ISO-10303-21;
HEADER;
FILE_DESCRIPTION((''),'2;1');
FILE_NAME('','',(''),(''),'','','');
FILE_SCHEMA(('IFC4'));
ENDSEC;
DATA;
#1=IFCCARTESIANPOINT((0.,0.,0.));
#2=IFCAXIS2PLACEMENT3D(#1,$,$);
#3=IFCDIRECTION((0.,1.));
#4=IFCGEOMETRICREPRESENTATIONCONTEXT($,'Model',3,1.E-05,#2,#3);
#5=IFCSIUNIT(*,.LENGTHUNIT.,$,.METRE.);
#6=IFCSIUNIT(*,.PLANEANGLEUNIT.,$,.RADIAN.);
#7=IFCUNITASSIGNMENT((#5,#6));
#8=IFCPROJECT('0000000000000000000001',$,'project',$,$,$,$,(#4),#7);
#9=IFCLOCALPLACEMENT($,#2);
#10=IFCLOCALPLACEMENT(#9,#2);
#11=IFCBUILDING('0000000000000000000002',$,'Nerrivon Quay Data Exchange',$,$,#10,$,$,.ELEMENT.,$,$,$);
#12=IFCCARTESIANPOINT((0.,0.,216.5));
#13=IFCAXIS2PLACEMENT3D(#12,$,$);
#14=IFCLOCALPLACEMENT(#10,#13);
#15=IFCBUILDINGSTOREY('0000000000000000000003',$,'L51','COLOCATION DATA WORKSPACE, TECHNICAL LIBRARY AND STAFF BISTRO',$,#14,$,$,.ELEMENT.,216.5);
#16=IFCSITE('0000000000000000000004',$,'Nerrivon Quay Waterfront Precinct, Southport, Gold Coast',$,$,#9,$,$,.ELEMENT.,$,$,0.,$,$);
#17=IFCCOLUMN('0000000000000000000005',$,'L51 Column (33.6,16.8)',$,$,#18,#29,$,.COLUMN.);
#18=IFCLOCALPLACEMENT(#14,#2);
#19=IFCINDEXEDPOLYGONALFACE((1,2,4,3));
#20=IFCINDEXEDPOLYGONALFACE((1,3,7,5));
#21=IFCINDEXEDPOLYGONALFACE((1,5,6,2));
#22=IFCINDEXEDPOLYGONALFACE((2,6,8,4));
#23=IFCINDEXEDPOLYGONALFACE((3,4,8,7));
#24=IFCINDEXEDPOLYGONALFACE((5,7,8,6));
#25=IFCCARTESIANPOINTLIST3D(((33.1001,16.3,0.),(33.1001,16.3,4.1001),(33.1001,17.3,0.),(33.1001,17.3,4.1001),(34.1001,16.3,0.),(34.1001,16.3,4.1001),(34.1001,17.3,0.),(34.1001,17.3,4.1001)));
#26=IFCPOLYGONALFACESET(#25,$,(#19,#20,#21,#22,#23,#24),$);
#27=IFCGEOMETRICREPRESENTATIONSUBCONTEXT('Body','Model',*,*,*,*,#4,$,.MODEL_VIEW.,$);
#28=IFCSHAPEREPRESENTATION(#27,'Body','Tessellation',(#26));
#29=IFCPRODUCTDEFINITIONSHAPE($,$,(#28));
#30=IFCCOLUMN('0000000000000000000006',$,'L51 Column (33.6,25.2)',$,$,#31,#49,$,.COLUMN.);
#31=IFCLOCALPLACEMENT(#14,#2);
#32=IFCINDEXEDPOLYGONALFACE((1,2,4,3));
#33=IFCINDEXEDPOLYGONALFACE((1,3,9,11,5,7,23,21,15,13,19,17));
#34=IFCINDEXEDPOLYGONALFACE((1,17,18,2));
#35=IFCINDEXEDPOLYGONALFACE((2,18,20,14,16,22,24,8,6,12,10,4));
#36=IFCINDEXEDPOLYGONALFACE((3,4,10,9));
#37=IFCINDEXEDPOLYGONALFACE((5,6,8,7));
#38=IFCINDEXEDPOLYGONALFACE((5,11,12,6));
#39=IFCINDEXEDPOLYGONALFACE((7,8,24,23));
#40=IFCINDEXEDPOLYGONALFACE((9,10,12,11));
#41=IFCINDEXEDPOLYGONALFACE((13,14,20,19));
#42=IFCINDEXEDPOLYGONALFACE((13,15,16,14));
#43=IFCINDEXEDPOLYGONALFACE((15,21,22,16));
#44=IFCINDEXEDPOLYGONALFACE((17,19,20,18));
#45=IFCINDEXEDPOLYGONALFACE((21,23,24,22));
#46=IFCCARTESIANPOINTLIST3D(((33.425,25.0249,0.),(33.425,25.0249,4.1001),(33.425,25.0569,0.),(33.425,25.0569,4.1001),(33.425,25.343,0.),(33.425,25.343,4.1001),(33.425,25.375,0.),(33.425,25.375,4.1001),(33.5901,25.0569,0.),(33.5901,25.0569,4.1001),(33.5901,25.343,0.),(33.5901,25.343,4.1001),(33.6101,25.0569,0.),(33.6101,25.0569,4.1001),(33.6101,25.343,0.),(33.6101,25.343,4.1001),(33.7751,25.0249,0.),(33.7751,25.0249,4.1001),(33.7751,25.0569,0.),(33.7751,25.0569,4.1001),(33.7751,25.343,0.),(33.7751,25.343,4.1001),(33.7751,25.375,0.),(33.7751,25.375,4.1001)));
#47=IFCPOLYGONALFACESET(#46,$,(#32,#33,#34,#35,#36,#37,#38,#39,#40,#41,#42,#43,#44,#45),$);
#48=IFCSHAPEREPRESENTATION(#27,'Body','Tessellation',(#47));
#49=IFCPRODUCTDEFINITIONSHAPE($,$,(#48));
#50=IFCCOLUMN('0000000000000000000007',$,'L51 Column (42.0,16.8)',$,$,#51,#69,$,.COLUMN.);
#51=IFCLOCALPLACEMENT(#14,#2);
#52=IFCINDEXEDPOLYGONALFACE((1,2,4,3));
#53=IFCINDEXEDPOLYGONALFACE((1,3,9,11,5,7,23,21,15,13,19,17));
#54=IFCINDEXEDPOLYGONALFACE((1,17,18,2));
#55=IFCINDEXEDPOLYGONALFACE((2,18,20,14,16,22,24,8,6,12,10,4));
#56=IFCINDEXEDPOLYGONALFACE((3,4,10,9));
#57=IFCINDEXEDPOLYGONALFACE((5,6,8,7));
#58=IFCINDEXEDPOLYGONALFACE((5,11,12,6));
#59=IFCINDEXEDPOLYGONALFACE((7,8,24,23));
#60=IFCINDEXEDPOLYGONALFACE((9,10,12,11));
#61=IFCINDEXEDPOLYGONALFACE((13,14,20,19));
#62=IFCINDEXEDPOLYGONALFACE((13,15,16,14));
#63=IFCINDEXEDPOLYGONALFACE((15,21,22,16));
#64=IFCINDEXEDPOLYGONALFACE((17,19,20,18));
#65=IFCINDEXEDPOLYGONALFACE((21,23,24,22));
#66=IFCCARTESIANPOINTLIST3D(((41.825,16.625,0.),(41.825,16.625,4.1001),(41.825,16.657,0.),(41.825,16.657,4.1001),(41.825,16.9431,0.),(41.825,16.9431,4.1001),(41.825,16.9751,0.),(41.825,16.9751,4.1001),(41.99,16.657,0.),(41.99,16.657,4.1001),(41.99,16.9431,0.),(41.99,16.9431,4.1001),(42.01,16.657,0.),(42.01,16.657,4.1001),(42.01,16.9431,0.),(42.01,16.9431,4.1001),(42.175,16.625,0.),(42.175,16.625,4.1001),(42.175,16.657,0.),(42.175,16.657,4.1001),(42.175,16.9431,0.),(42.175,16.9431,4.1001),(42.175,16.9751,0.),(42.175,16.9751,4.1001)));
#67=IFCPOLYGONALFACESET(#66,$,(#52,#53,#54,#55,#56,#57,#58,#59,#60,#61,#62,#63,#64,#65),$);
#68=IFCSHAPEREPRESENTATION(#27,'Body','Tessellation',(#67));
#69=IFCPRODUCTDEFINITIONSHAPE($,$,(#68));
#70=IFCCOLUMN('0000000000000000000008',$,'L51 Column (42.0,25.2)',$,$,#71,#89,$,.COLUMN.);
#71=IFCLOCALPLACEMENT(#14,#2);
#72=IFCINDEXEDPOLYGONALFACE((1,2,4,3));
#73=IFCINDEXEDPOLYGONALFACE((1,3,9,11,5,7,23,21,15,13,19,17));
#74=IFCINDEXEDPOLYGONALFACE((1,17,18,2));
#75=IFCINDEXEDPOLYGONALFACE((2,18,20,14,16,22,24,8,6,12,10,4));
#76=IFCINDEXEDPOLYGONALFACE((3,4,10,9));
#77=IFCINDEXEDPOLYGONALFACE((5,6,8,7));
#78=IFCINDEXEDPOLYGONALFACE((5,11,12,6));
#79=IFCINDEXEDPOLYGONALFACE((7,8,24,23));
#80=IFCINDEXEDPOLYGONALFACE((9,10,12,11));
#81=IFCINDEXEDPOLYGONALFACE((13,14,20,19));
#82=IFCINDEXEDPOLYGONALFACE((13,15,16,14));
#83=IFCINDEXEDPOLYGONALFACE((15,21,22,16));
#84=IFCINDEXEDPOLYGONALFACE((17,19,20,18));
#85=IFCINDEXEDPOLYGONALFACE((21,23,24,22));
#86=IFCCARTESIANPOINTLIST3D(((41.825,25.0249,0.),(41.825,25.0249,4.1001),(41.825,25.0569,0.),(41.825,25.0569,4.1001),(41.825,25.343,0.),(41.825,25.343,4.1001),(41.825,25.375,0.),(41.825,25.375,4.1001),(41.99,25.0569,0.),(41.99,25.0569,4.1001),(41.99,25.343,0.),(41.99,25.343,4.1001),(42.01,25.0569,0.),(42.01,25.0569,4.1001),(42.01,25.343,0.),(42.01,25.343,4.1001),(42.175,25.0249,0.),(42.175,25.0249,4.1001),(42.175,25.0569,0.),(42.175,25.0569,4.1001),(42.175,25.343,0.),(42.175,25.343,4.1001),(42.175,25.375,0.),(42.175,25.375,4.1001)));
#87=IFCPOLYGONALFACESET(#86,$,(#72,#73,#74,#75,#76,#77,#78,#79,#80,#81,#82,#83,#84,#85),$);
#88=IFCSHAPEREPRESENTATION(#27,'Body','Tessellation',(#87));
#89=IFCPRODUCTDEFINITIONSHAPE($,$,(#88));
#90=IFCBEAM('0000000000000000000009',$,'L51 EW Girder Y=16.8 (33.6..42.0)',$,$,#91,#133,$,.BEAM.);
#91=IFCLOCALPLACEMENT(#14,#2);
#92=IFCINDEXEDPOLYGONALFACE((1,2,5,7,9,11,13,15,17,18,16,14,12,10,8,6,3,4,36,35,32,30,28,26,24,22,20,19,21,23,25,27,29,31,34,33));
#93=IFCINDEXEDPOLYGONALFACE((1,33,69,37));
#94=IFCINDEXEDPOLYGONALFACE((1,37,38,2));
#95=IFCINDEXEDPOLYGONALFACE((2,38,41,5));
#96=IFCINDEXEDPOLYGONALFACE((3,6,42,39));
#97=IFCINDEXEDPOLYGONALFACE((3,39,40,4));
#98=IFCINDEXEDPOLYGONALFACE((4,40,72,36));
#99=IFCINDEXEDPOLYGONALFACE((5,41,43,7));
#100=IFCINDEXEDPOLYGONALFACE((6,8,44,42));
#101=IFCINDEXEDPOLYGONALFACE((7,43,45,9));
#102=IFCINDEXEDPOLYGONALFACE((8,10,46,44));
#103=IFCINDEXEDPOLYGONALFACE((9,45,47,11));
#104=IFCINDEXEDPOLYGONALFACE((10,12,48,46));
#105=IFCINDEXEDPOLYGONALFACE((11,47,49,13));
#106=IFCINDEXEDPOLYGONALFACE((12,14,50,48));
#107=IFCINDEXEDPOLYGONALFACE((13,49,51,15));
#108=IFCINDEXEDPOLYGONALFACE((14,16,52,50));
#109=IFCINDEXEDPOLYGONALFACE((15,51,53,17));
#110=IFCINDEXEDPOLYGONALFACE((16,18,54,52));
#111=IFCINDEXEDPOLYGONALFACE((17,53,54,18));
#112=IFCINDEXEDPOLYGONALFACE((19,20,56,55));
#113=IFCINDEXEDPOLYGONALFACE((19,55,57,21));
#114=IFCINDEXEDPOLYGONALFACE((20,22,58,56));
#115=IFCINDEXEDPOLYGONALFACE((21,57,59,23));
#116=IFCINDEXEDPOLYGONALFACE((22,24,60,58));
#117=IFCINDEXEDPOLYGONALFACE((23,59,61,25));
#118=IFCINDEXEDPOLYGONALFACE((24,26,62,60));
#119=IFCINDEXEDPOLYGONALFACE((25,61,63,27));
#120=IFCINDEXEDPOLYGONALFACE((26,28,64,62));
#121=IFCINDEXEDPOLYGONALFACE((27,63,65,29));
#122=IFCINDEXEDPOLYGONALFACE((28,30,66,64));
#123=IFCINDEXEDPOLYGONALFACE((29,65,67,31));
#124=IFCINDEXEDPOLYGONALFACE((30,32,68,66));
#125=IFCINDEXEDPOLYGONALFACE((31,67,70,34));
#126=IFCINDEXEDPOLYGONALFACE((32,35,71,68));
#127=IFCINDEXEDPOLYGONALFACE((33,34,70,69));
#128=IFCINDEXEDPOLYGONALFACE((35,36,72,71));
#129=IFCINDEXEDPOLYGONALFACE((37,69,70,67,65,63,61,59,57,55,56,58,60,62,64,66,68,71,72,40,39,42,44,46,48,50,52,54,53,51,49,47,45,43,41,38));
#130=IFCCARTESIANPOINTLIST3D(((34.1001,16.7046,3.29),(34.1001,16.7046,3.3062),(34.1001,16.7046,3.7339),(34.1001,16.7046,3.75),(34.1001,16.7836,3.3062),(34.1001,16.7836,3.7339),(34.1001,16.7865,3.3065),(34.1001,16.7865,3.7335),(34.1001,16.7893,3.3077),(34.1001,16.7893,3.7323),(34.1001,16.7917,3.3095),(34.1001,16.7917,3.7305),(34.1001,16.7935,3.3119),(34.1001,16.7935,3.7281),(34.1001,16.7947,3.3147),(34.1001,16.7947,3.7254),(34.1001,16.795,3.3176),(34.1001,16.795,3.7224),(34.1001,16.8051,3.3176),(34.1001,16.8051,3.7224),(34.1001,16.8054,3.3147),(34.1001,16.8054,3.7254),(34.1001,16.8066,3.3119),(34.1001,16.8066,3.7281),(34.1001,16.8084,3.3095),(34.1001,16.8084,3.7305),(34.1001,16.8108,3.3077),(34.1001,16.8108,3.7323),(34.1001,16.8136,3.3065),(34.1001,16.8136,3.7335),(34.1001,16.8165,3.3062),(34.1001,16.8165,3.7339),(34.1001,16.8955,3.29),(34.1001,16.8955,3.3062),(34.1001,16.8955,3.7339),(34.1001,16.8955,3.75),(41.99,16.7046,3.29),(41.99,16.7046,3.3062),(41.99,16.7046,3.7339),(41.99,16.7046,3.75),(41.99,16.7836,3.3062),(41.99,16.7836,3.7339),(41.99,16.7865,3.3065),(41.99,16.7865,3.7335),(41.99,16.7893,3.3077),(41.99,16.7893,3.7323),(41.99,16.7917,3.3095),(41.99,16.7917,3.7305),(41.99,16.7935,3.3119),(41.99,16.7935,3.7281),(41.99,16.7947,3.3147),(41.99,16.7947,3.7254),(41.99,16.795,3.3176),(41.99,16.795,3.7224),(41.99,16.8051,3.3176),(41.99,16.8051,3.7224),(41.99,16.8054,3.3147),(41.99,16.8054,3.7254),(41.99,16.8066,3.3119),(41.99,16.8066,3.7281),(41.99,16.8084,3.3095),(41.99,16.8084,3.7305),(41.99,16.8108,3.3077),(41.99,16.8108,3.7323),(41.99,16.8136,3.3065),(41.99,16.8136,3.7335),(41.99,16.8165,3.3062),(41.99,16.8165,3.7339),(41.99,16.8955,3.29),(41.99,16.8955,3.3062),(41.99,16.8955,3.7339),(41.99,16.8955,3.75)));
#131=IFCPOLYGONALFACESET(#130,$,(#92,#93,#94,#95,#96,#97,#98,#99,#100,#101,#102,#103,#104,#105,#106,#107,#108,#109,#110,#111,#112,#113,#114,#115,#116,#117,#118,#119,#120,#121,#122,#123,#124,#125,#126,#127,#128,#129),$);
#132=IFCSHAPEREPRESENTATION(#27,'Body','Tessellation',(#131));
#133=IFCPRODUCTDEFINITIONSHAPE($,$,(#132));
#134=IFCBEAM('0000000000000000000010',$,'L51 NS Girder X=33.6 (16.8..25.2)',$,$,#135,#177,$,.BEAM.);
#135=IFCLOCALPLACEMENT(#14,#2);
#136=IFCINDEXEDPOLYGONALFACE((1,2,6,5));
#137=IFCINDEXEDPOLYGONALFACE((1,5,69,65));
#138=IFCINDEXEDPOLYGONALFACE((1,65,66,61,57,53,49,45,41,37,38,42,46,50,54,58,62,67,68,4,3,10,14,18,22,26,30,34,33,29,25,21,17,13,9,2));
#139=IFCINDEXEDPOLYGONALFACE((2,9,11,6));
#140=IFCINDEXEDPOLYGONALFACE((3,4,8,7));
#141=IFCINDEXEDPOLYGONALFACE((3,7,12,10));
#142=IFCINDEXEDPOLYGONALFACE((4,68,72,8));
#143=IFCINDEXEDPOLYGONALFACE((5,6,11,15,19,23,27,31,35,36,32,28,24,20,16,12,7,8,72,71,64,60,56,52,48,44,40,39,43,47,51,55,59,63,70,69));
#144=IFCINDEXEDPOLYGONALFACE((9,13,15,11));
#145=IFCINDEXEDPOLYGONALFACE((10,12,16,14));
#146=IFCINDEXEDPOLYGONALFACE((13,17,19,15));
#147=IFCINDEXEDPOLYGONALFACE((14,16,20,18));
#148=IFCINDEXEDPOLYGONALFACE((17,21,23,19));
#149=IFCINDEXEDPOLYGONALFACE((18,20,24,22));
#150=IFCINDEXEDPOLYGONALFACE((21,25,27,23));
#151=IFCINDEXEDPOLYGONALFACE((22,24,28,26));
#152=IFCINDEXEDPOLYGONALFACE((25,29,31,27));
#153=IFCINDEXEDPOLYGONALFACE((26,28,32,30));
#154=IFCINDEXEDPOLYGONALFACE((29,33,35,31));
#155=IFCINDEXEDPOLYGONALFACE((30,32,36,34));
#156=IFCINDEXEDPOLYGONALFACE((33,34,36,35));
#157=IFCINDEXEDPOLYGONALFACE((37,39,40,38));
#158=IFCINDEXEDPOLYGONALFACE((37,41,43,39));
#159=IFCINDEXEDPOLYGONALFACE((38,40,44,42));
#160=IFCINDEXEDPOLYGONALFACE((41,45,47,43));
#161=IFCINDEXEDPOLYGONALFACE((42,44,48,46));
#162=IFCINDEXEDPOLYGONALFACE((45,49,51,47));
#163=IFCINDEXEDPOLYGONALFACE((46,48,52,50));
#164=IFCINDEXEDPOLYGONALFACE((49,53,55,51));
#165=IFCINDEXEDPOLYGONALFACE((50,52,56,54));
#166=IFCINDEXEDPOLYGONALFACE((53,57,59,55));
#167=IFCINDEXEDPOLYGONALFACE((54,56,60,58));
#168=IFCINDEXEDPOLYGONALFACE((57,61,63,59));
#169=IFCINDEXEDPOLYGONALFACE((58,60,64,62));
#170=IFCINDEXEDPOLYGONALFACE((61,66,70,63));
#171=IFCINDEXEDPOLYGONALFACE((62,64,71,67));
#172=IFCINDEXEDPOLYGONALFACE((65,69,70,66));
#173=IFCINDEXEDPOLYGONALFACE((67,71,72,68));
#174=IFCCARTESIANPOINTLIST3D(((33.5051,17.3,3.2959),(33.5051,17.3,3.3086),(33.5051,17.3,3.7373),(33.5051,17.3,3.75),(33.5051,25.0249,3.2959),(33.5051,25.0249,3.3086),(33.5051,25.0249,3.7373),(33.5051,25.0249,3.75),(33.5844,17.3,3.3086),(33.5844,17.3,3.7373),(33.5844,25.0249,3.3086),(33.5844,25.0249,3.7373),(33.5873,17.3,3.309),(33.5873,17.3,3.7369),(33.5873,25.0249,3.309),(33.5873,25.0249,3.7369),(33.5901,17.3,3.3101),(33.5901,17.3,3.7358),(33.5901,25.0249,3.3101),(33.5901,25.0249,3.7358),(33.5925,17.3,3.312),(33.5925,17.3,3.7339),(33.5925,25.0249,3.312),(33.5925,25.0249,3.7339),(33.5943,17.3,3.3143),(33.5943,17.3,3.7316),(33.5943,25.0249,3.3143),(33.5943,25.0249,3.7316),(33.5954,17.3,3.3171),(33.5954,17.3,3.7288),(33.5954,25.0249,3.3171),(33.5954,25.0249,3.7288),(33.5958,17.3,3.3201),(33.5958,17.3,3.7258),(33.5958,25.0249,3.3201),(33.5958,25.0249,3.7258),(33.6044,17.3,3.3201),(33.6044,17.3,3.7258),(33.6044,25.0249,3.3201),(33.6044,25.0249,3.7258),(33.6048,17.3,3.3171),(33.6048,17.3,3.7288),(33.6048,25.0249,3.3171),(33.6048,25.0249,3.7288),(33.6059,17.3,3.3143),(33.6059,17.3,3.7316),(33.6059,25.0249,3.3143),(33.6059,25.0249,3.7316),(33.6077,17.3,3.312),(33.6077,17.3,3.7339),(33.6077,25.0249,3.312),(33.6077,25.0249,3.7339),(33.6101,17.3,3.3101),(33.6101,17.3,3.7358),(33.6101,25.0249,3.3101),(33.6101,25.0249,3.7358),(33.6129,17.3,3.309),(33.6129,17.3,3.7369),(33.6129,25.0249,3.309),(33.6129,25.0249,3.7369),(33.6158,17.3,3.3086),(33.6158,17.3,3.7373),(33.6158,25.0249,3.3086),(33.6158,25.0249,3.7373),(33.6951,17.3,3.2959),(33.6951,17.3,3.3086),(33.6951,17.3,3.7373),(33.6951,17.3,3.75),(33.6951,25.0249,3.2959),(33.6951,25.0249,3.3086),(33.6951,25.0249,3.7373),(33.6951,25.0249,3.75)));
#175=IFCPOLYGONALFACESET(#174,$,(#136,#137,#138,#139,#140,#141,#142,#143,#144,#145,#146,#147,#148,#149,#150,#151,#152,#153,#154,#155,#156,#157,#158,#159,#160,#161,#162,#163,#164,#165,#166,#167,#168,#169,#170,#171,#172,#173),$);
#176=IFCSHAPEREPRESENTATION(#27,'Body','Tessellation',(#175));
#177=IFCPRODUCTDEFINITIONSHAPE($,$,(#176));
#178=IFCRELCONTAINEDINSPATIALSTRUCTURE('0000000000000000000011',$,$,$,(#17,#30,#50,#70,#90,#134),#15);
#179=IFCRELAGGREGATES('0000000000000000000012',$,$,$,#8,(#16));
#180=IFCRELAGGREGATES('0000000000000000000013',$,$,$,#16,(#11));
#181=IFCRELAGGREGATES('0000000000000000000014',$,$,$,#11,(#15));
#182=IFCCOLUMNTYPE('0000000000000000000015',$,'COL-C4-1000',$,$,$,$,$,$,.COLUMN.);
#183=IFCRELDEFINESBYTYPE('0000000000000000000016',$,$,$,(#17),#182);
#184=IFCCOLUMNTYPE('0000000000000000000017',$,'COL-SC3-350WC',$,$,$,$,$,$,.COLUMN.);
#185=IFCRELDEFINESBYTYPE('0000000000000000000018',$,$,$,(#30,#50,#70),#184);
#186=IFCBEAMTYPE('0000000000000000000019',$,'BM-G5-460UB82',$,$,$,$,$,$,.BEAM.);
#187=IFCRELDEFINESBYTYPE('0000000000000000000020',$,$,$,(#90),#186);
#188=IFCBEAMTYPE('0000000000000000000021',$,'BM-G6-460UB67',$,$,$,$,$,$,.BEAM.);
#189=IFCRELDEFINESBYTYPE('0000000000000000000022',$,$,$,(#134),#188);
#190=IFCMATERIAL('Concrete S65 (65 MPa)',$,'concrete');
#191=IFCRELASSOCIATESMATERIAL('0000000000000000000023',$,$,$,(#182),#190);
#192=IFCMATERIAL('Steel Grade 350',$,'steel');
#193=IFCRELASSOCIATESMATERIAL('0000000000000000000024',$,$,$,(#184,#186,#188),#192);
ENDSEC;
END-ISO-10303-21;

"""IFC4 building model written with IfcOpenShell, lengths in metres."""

from ifc_helpers import new_model, si_unit, direction, frame, origin, origin_2d, place, context, subcontext, project, spatial, rectangle, i_section, extrude, material, material_profile, profile_set, type_object, element, save


model = new_model("IFC4")

# Units and contexts
model_context = context("Model", 3, precision=1e-05, world=origin(), true_north=direction((0.0, 1.0)))
body_context = subcontext(model_context, "Body", "Model", "MODEL_VIEW")
ifc_project = project(units=[si_unit("LENGTHUNIT", "METRE"), si_unit("PLANEANGLEUNIT", "RADIAN")], contexts=[model_context])

# Site, building, storey
site_placement = place(None, origin())
site = spatial("IfcSite", under=ifc_project, at=site_placement, Name="Nerrivon Quay Waterfront Precinct, Southport, Gold Coast", CompositionType="ELEMENT", RefElevation=0.0)
building_placement = place(site_placement, origin())
building = spatial("IfcBuilding", under=site, at=building_placement, Name="Nerrivon Quay Data Exchange", CompositionType="ELEMENT")
storey_placement = place(building_placement, frame((0.0, 0.0, 216.5)))
storey = spatial("IfcBuildingStorey", under=building, at=storey_placement, Name="L51", Description="COLOCATION DATA WORKSPACE, TECHNICAL LIBRARY AND STAFF BISTRO", CompositionType="ELEMENT", Elevation=216.5)

# Columns
ifc_material_1 = material(Name="Concrete S65 (65 MPa)", Category="concrete")
ifc_material_profile_1 = material_profile(ifc_material_1, rectangle(XDim=1.0, YDim=1.0, at=origin_2d()), Name="RC-COL-1000x1000")
ifc_profile_set_1 = profile_set([ifc_material_profile_1], Name="Concrete S65 (65 MPa)")
column_type_1 = type_object("IfcColumnType", Name="COL-C4-1000", PredefinedType="COLUMN", material=ifc_profile_set_1)
column_placement = place(storey_placement, frame((33.6001, 16.8, 0.0), z_axis=(0.0, 0.0, 1.0), x_axis=(1.0, 0.0, 0.0)))
element("IfcColumn", 1, at=column_placement, inside=storey, type_object=column_type_1, Name="L51 Column (33.6,16.8)", PredefinedType="COLUMN", context=body_context, shape_type="SweptSolid", body=[
    extrude(rectangle(XDim=1.0, YDim=1.0, at=origin_2d()), origin(), (0.0, 0.0, 1.0), 4.1001),
])
ifc_material_2 = material(Name="Steel Grade 350", Category="steel")
ifc_material_profile_2 = material_profile(ifc_material_2, i_section(OverallWidth=0.3501, OverallDepth=0.3501, WebThickness=0.02, FlangeThickness=0.032, at=origin_2d()), Name="350WC230")
ifc_profile_set_2 = profile_set([ifc_material_profile_2], Name="Steel Grade 350")
column_type_2 = type_object("IfcColumnType", Name="COL-SC3-350WC", PredefinedType="COLUMN", material=ifc_profile_set_2)
for number, where, z_axis, x_axis, name in (
    (2, (33.6001, 25.2, 0.0), (0.0, 0.0, 1.0), (1.0, 0.0, 0.0), "L51 Column (33.6,25.2)"),
    (3, (42.0, 16.8, 0.0), (0.0, 0.0, 1.0), (1.0, 0.0, 0.0), "L51 Column (42.0,16.8)"),
    (4, (42.0, 25.2, 0.0), (0.0, 0.0, 1.0), (1.0, 0.0, 0.0), "L51 Column (42.0,25.2)"),
):
    element("IfcColumn", number, at=place(storey_placement, frame(where, z_axis=z_axis, x_axis=x_axis)), inside=storey, type_object=column_type_2, Name=name, PredefinedType="COLUMN", context=body_context, shape_type="SweptSolid", body=[
        extrude(i_section(OverallWidth=0.3501, OverallDepth=0.3501, WebThickness=0.02, FlangeThickness=0.032, at=origin_2d()), origin(), (0.0, 0.0, 1.0), 4.1001),
    ])

# Beams
ifc_material_profile_3 = material_profile(ifc_material_2, i_section(OverallWidth=0.1909, OverallDepth=0.46, WebThickness=0.01, FlangeThickness=0.0161, FilletRadius=0.0115, at=origin_2d()), Name="460UB82.1")
ifc_profile_set_3 = profile_set([ifc_material_profile_3], Name="Steel Grade 350")
beam_type_1 = type_object("IfcBeamType", Name="BM-G5-460UB82", PredefinedType="BEAM", material=ifc_profile_set_3)
beam_1_placement = place(storey_placement, frame((34.1001, 16.8, 3.52), z_axis=(1.0, 0.0, 0.0), x_axis=(0.0, 1.0, 0.0)))
element("IfcBeam", 5, at=beam_1_placement, inside=storey, type_object=beam_type_1, Name="L51 EW Girder Y=16.8 (33.6..42.0)", PredefinedType="BEAM", context=body_context, shape_type="SweptSolid", body=[
    extrude(i_section(OverallWidth=0.1909, OverallDepth=0.46, WebThickness=0.01, FlangeThickness=0.0161, FilletRadius=0.0115, at=origin_2d()), origin(), (0.0, 0.0, 1.0), 7.8899),
])
ifc_material_profile_4 = material_profile(ifc_material_2, i_section(OverallWidth=0.1899, OverallDepth=0.4541, WebThickness=0.0085, FlangeThickness=0.0127, FilletRadius=0.0115, at=origin_2d()), Name="460UB67.1")
ifc_profile_set_4 = profile_set([ifc_material_profile_4], Name="Steel Grade 350")
beam_type_2 = type_object("IfcBeamType", Name="BM-G6-460UB67", PredefinedType="BEAM", material=ifc_profile_set_4)
beam_2_placement = place(storey_placement, frame((33.6001, 17.3, 3.5229), z_axis=(0.0, 1.0, 0.0), x_axis=(-1.0, 0.0, 0.0)))
element("IfcBeam", 6, at=beam_2_placement, inside=storey, type_object=beam_type_2, Name="L51 NS Girder X=33.6 (16.8..25.2)", PredefinedType="BEAM", context=body_context, shape_type="SweptSolid", body=[
    extrude(i_section(OverallWidth=0.1899, OverallDepth=0.4541, WebThickness=0.0085, FlangeThickness=0.0127, FilletRadius=0.0115, at=origin_2d()), origin(), (0.0, 0.0, 1.0), 7.7249),
])

save(model, "model.ifc")
